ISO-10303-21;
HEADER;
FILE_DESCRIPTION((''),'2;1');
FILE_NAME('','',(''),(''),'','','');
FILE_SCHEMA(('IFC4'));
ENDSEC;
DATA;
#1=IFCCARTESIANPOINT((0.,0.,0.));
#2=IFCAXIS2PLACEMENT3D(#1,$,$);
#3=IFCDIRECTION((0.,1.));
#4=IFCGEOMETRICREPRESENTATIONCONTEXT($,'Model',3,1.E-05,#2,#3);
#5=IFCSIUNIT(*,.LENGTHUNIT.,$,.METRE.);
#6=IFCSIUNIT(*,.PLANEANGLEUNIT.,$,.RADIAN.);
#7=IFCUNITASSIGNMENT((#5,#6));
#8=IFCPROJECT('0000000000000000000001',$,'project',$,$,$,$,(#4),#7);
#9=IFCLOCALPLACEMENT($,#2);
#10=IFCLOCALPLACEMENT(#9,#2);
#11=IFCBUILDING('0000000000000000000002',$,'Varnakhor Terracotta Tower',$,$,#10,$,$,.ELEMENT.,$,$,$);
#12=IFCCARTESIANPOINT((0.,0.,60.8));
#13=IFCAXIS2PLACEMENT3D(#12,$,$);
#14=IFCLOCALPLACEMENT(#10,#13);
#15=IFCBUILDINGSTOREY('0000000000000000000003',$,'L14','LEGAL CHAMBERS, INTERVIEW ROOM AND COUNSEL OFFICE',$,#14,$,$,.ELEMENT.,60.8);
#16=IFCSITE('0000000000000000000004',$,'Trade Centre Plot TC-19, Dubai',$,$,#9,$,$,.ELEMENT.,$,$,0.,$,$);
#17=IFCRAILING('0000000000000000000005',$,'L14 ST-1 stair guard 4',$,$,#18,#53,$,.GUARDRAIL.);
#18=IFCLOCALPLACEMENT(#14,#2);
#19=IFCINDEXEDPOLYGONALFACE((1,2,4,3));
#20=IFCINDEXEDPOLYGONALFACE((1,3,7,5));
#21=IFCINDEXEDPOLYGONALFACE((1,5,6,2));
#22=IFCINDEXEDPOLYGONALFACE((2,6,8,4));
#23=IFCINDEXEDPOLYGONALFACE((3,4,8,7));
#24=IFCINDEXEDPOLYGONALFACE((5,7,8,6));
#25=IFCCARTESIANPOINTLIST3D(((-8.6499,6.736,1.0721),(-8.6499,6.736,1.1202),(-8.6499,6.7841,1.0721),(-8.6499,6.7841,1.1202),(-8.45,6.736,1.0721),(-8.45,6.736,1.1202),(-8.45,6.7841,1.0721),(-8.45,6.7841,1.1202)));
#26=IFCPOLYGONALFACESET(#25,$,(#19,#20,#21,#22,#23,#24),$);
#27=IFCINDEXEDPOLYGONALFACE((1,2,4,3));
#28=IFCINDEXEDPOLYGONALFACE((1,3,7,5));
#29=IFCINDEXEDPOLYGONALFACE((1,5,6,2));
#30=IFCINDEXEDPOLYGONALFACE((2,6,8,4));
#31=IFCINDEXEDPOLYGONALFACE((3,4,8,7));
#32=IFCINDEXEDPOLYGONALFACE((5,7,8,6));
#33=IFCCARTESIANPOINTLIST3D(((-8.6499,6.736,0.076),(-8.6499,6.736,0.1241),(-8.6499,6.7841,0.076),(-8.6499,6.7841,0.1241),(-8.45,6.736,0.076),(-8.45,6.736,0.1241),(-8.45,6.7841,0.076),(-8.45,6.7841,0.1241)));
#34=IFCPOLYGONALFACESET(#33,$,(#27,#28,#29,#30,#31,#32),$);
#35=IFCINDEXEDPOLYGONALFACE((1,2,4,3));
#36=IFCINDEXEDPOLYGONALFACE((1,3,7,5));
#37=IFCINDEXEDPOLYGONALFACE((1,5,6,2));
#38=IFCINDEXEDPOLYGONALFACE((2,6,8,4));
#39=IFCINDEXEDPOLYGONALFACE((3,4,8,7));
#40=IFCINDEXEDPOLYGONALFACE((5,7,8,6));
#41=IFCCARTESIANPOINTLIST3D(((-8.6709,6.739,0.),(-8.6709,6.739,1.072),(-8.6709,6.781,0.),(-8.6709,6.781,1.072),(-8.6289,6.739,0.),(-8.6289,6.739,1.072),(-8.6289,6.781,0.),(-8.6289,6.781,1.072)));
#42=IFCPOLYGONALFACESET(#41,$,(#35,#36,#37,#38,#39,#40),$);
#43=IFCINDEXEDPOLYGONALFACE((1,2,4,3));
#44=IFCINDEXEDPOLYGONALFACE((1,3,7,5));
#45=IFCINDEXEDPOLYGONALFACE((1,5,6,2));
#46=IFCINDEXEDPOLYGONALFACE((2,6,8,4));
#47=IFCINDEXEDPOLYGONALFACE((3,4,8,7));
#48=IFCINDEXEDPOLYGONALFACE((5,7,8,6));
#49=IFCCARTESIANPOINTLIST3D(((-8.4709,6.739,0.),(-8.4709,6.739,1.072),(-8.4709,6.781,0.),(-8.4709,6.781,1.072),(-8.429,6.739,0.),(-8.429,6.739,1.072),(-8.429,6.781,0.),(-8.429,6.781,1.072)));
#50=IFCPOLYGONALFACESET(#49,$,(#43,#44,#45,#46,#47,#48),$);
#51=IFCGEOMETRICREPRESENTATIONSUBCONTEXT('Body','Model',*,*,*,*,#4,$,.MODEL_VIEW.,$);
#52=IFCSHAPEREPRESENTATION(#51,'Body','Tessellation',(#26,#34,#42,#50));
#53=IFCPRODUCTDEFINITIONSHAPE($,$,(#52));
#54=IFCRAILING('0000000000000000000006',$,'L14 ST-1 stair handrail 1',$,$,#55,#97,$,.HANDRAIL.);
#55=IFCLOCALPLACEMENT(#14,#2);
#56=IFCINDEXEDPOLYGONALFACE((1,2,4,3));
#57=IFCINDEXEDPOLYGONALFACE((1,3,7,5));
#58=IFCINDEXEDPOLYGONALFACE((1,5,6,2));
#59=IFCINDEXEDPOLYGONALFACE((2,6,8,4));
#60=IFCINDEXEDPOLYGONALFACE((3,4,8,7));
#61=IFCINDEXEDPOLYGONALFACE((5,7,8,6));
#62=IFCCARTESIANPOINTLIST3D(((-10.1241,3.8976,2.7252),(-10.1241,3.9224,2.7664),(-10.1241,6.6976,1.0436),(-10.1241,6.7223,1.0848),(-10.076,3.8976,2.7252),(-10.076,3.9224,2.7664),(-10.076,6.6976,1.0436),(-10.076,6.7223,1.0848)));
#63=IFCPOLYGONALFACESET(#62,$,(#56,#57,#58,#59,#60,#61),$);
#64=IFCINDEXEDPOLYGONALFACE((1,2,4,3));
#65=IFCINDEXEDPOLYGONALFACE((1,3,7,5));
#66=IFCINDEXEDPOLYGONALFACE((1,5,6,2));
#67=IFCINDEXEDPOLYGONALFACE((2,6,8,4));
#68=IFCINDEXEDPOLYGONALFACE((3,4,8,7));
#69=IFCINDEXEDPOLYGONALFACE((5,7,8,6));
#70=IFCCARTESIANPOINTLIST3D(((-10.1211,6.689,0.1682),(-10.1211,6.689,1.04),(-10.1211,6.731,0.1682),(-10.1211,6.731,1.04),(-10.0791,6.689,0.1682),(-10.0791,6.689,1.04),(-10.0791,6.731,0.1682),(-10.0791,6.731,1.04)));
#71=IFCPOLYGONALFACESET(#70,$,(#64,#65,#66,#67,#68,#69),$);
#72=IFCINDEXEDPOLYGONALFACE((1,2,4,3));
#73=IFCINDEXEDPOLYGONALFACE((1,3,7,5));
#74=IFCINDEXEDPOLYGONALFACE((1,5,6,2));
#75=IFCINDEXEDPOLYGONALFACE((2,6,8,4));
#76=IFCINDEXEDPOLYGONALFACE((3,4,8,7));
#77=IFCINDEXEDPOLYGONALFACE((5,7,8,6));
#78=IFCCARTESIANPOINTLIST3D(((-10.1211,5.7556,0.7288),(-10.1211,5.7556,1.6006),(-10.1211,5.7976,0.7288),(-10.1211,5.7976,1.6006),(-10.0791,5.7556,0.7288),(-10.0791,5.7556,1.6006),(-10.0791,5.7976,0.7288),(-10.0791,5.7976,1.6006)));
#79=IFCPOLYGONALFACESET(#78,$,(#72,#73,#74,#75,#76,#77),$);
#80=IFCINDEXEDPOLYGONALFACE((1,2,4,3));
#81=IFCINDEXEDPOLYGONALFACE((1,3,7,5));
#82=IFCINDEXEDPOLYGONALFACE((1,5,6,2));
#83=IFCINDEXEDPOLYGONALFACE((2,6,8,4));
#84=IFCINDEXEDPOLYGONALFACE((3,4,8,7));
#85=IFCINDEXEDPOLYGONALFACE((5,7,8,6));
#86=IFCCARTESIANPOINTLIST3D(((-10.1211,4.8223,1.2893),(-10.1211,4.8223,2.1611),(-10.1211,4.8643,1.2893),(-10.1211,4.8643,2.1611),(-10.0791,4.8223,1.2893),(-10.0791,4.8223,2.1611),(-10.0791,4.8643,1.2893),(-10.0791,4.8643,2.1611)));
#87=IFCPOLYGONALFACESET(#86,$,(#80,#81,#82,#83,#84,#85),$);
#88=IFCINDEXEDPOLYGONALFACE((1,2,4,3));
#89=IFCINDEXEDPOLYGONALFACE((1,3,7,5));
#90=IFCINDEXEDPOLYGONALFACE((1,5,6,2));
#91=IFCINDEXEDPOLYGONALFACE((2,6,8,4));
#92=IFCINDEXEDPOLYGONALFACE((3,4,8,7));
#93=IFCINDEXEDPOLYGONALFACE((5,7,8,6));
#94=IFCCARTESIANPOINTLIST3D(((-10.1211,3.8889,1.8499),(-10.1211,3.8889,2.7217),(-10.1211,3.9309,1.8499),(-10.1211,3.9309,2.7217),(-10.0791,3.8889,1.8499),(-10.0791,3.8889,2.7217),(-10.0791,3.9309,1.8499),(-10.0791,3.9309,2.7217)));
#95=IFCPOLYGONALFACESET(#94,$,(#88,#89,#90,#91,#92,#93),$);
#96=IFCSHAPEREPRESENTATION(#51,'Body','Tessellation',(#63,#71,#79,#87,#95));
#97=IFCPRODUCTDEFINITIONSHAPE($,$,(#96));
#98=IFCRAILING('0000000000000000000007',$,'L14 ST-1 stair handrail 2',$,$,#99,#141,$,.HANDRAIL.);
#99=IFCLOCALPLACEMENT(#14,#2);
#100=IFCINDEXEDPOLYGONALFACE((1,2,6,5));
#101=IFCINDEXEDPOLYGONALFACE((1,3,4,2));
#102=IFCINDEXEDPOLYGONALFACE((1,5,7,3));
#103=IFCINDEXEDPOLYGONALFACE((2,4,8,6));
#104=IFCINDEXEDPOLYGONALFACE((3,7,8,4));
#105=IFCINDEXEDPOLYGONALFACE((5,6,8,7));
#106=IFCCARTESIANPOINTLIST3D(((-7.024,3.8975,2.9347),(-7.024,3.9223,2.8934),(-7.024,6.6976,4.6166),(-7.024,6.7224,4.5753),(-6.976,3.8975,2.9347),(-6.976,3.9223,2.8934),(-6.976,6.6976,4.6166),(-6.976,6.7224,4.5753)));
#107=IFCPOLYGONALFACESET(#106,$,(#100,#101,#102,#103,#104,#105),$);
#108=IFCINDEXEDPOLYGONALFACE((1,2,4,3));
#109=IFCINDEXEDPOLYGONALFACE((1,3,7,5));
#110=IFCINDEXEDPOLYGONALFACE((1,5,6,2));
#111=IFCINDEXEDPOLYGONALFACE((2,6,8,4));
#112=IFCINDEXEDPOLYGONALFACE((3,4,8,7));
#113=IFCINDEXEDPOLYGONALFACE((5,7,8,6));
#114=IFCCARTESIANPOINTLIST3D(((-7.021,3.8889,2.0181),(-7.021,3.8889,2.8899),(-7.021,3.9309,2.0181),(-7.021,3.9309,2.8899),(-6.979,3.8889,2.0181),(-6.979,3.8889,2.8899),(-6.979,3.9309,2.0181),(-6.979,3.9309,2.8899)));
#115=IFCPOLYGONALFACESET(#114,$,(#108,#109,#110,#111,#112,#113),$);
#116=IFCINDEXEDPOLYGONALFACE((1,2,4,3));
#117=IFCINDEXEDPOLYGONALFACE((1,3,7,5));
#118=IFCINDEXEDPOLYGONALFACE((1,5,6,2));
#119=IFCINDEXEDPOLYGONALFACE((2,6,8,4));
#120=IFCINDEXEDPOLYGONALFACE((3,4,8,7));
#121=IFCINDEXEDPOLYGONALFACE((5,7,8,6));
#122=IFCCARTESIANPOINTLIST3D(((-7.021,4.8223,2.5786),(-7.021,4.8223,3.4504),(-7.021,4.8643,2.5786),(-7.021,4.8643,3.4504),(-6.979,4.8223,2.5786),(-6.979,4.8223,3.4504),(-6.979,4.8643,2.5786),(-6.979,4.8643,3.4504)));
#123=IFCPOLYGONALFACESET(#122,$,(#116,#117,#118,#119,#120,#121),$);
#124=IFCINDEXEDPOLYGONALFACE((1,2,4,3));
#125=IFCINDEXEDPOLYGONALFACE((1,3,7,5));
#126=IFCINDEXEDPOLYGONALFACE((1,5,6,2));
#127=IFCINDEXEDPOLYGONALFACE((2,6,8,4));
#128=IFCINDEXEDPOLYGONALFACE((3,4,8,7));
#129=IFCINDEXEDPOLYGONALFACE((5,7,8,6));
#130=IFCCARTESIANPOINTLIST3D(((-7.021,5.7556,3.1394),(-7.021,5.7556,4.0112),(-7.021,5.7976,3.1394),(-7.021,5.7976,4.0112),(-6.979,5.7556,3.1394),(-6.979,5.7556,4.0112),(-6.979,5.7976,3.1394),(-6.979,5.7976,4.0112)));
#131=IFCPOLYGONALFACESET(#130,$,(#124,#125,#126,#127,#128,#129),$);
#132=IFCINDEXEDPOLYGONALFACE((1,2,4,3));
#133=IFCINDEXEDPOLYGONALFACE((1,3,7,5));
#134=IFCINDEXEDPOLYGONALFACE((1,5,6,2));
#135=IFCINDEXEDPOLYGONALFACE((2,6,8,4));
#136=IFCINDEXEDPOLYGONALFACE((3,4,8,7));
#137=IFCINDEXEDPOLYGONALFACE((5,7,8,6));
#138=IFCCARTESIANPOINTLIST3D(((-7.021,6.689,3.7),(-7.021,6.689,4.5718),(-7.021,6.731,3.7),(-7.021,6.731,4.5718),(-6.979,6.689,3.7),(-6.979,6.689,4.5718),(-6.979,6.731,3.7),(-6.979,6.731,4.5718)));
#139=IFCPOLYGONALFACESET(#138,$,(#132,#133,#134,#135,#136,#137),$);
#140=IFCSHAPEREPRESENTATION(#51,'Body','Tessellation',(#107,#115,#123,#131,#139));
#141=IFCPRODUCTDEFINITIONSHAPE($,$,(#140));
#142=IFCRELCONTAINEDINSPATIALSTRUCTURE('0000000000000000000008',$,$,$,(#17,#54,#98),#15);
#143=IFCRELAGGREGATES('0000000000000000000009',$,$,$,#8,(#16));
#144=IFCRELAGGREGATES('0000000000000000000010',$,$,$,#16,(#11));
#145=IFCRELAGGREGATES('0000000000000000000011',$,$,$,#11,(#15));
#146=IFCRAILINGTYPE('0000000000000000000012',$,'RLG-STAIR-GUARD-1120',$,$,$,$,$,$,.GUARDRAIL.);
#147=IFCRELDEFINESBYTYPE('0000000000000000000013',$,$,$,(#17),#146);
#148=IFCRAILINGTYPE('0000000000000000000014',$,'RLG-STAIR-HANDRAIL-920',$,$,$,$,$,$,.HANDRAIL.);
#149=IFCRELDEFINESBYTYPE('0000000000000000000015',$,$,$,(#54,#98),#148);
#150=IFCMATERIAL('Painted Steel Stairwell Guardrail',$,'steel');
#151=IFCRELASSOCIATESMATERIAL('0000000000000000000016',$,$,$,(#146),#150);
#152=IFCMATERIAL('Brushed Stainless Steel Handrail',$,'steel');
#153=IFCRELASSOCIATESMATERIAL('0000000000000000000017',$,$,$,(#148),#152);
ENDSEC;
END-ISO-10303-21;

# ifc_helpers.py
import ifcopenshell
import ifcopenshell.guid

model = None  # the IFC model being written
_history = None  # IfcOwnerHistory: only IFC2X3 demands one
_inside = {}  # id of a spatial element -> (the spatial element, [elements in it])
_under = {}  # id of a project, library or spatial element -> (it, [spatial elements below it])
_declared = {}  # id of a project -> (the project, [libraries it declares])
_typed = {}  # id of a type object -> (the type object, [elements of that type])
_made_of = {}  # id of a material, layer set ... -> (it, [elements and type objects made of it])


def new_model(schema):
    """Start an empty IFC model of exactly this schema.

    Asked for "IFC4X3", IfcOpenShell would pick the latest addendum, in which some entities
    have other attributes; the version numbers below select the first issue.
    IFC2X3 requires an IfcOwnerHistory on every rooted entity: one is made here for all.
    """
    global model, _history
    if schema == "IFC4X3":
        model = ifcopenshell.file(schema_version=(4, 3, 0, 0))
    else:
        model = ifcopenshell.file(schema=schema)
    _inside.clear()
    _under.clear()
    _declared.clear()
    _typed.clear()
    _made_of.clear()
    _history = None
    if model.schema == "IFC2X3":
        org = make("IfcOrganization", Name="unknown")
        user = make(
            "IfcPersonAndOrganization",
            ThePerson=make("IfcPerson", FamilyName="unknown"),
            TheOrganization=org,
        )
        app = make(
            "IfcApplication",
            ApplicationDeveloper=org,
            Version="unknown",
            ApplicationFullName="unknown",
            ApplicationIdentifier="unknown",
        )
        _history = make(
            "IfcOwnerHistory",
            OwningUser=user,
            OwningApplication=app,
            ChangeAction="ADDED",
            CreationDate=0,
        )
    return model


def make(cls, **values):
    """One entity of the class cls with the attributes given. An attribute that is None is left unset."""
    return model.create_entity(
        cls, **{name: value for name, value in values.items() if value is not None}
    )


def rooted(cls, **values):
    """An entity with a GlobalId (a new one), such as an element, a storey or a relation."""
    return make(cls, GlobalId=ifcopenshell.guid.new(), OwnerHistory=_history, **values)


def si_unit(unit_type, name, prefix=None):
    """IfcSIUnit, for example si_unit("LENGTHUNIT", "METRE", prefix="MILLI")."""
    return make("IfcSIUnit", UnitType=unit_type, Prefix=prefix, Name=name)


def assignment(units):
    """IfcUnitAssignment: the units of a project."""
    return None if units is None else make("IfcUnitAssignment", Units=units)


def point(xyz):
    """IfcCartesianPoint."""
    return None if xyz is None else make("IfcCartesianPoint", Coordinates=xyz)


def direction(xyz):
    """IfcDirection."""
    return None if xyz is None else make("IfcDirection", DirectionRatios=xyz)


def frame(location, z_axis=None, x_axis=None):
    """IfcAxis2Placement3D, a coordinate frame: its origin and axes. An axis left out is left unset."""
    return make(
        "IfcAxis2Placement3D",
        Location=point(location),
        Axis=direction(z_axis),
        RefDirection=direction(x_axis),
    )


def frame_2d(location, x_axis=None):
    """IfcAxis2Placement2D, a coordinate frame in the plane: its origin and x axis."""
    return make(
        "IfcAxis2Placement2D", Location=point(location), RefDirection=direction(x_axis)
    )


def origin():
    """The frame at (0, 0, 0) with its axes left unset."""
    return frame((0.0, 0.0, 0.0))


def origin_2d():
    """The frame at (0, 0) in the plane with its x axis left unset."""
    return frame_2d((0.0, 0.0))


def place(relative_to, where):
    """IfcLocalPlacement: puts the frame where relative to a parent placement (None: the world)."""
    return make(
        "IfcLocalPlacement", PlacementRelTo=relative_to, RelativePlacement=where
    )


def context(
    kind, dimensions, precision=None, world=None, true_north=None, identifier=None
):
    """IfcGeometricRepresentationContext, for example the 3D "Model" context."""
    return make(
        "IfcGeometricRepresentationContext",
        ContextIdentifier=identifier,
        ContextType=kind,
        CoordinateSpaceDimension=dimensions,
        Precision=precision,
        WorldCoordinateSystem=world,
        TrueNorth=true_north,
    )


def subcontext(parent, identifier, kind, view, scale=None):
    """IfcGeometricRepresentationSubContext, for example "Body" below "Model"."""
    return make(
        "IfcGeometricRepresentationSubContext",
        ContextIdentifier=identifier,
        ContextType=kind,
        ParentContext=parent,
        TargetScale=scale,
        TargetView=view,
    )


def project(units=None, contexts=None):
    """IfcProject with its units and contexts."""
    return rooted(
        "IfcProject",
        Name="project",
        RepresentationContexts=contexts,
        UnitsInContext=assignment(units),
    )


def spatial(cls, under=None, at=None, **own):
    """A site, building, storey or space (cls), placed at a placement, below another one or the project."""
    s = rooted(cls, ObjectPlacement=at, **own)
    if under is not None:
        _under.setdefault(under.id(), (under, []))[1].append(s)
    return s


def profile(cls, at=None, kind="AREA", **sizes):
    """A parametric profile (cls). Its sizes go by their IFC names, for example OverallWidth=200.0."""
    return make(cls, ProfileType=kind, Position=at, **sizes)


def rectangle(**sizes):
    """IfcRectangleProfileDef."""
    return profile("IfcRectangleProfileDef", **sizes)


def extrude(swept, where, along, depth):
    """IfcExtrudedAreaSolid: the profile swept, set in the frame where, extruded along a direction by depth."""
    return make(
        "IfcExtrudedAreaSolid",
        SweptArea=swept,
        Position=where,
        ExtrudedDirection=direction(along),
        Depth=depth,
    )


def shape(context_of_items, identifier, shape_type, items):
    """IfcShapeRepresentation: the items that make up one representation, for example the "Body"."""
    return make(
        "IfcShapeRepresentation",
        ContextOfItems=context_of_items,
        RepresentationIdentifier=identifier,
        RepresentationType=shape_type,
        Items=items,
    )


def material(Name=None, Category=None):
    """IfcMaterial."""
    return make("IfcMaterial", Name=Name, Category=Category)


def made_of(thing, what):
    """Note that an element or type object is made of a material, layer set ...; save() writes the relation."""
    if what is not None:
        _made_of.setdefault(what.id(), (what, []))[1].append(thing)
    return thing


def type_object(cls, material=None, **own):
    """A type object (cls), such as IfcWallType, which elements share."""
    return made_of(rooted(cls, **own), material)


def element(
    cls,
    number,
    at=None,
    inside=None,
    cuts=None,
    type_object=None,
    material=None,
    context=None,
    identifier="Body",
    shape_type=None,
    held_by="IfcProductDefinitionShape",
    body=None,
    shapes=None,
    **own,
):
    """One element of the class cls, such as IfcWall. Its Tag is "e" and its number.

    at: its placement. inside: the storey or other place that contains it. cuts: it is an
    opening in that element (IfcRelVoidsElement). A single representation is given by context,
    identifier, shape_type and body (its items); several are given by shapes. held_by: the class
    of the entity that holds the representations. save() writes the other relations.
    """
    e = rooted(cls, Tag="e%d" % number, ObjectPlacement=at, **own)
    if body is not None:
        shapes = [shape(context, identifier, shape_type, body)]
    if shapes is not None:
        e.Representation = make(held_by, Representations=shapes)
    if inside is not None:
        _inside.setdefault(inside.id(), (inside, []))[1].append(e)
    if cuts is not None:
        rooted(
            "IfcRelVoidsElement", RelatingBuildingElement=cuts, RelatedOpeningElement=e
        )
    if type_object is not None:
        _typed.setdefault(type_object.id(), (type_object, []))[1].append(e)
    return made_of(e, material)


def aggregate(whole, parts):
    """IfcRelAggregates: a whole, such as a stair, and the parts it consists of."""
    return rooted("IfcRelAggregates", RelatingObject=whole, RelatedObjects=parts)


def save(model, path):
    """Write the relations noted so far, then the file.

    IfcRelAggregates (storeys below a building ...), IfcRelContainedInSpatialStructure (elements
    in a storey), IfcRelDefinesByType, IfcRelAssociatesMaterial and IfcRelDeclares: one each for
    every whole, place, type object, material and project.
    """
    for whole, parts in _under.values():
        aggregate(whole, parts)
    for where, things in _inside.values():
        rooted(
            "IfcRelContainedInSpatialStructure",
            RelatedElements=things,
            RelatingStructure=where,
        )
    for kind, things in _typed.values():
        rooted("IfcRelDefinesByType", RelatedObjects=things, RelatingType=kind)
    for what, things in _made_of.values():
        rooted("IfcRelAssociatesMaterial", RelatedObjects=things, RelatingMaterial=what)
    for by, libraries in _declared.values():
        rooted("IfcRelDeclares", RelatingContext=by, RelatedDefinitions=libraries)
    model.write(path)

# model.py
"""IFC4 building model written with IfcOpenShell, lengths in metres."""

from ifc_helpers import new_model, si_unit, direction, frame, origin, origin_2d, place, context, subcontext, project, spatial, rectangle, extrude, material, type_object, element, save


model = new_model("IFC4")

# Units and contexts
model_context = context("Model", 3, precision=1e-05, world=origin(), true_north=direction((0.0, 1.0)))
body_context = subcontext(model_context, "Body", "Model", "MODEL_VIEW")
ifc_project = project(units=[si_unit("LENGTHUNIT", "METRE"), si_unit("PLANEANGLEUNIT", "RADIAN")], contexts=[model_context])

# Site, building, storey
site_placement = place(None, origin())
site = spatial("IfcSite", under=ifc_project, at=site_placement, Name="Trade Centre Plot TC-19, Dubai", CompositionType="ELEMENT", RefElevation=0.0)
building_placement = place(site_placement, origin())
building = spatial("IfcBuilding", under=site, at=building_placement, Name="Varnakhor Terracotta Tower", CompositionType="ELEMENT")
storey_placement = place(building_placement, frame((0.0, 0.0, 60.8)))
storey = spatial("IfcBuildingStorey", under=building, at=storey_placement, Name="L14", Description="LEGAL CHAMBERS, INTERVIEW ROOM AND COUNSEL OFFICE", CompositionType="ELEMENT", Elevation=60.8)

# Railings
ifc_material_1 = material(Name="Painted Steel Stairwell Guardrail", Category="steel")
railing_type_1 = type_object("IfcRailingType", Name="RLG-STAIR-GUARD-1120", PredefinedType="GUARDRAIL", material=ifc_material_1)
railing_1_placement = place(storey_placement, frame((-8.6499, 6.76, 0.0)))
element("IfcRailing", 1, at=railing_1_placement, inside=storey, type_object=railing_type_1, Name="L14 ST-1 stair guard 4", PredefinedType="GUARDRAIL", context=body_context, shape_type="SweptSolid", body=[
    extrude(rectangle(XDim=0.0481, YDim=0.0481, at=origin_2d()), frame((0.0, 0.0, 1.0962), z_axis=(1.0, 0.0, 0.0), x_axis=(0.0, 1.0, 0.0)), (0.0, 0.0, 1.0), 0.2),
    extrude(rectangle(XDim=0.0481, YDim=0.0481, at=origin_2d()), frame((0.0, 0.0, 0.1001), z_axis=(1.0, 0.0, 0.0), x_axis=(0.0, 1.0, 0.0)), (0.0, 0.0, 1.0), 0.2),
    extrude(rectangle(XDim=0.042, YDim=0.042, at=origin_2d()), origin(), (0.0, 0.0, 1.0), 1.072),
    extrude(rectangle(XDim=0.042, YDim=0.042, at=origin_2d()), frame((0.2, 0.0, 0.0)), (0.0, 0.0, 1.0), 1.072),
])
ifc_material_2 = material(Name="Brushed Stainless Steel Handrail", Category="steel")
railing_type_2 = type_object("IfcRailingType", Name="RLG-STAIR-HANDRAIL-920", PredefinedType="HANDRAIL", material=ifc_material_2)
railing_2_placement = place(storey_placement, frame((-10.1001, 6.71, 0.1682)))
element("IfcRailing", 2, at=railing_2_placement, inside=storey, type_object=railing_type_2, Name="L14 ST-1 stair handrail 1", PredefinedType="HANDRAIL", context=body_context, shape_type="SweptSolid", body=[
    extrude(rectangle(XDim=0.0481, YDim=0.0481, at=origin_2d()), frame((0.0, 0.0, 0.896), z_axis=(0.0, -0.857275, 0.514858), x_axis=(1.0, 0.0, 0.0)), (0.0, 0.0, 1.0), 3.2661),
    extrude(rectangle(XDim=0.042, YDim=0.042, at=origin_2d()), origin(), (0.0, 0.0, 1.0), 0.8718),
    extrude(rectangle(XDim=0.042, YDim=0.042, at=origin_2d()), frame((0.0, -0.9333, 0.5605)), (0.0, 0.0, 1.0), 0.8718),
    extrude(rectangle(XDim=0.042, YDim=0.042, at=origin_2d()), frame((0.0, -1.8667, 1.1211)), (0.0, 0.0, 1.0), 0.8718),
    extrude(rectangle(XDim=0.042, YDim=0.042, at=origin_2d()), frame((0.0, -2.8, 1.6816)), (0.0, 0.0, 1.0), 0.8718),
])
railing_3_placement = place(storey_placement, frame((-7.0, 3.9099, 2.0181)))
element("IfcRailing", 3, at=railing_3_placement, inside=storey, type_object=railing_type_2, Name="L14 ST-1 stair handrail 2", PredefinedType="HANDRAIL", context=body_context, shape_type="SweptSolid", body=[
    extrude(rectangle(XDim=0.0481, YDim=0.0481, at=origin_2d()), frame((0.0, 0.0, 0.896), z_axis=(0.0, 0.857242, 0.514913), x_axis=(-1.0, 0.0, 0.0)), (0.0, 0.0, 1.0), 3.2664),
    extrude(rectangle(XDim=0.042, YDim=0.042, at=origin_2d()), origin(), (0.0, 0.0, 1.0), 0.8718),
    extrude(rectangle(XDim=0.042, YDim=0.042, at=origin_2d()), frame((0.0, 0.9333, 0.5605)), (0.0, 0.0, 1.0), 0.8718),
    extrude(rectangle(XDim=0.042, YDim=0.042, at=origin_2d()), frame((0.0, 1.8667, 1.1213)), (0.0, 0.0, 1.0), 0.8718),
    extrude(rectangle(XDim=0.042, YDim=0.042, at=origin_2d()), frame((0.0, 2.8, 1.6819)), (0.0, 0.0, 1.0), 0.8718),
])

save(model, "model.ifc")
